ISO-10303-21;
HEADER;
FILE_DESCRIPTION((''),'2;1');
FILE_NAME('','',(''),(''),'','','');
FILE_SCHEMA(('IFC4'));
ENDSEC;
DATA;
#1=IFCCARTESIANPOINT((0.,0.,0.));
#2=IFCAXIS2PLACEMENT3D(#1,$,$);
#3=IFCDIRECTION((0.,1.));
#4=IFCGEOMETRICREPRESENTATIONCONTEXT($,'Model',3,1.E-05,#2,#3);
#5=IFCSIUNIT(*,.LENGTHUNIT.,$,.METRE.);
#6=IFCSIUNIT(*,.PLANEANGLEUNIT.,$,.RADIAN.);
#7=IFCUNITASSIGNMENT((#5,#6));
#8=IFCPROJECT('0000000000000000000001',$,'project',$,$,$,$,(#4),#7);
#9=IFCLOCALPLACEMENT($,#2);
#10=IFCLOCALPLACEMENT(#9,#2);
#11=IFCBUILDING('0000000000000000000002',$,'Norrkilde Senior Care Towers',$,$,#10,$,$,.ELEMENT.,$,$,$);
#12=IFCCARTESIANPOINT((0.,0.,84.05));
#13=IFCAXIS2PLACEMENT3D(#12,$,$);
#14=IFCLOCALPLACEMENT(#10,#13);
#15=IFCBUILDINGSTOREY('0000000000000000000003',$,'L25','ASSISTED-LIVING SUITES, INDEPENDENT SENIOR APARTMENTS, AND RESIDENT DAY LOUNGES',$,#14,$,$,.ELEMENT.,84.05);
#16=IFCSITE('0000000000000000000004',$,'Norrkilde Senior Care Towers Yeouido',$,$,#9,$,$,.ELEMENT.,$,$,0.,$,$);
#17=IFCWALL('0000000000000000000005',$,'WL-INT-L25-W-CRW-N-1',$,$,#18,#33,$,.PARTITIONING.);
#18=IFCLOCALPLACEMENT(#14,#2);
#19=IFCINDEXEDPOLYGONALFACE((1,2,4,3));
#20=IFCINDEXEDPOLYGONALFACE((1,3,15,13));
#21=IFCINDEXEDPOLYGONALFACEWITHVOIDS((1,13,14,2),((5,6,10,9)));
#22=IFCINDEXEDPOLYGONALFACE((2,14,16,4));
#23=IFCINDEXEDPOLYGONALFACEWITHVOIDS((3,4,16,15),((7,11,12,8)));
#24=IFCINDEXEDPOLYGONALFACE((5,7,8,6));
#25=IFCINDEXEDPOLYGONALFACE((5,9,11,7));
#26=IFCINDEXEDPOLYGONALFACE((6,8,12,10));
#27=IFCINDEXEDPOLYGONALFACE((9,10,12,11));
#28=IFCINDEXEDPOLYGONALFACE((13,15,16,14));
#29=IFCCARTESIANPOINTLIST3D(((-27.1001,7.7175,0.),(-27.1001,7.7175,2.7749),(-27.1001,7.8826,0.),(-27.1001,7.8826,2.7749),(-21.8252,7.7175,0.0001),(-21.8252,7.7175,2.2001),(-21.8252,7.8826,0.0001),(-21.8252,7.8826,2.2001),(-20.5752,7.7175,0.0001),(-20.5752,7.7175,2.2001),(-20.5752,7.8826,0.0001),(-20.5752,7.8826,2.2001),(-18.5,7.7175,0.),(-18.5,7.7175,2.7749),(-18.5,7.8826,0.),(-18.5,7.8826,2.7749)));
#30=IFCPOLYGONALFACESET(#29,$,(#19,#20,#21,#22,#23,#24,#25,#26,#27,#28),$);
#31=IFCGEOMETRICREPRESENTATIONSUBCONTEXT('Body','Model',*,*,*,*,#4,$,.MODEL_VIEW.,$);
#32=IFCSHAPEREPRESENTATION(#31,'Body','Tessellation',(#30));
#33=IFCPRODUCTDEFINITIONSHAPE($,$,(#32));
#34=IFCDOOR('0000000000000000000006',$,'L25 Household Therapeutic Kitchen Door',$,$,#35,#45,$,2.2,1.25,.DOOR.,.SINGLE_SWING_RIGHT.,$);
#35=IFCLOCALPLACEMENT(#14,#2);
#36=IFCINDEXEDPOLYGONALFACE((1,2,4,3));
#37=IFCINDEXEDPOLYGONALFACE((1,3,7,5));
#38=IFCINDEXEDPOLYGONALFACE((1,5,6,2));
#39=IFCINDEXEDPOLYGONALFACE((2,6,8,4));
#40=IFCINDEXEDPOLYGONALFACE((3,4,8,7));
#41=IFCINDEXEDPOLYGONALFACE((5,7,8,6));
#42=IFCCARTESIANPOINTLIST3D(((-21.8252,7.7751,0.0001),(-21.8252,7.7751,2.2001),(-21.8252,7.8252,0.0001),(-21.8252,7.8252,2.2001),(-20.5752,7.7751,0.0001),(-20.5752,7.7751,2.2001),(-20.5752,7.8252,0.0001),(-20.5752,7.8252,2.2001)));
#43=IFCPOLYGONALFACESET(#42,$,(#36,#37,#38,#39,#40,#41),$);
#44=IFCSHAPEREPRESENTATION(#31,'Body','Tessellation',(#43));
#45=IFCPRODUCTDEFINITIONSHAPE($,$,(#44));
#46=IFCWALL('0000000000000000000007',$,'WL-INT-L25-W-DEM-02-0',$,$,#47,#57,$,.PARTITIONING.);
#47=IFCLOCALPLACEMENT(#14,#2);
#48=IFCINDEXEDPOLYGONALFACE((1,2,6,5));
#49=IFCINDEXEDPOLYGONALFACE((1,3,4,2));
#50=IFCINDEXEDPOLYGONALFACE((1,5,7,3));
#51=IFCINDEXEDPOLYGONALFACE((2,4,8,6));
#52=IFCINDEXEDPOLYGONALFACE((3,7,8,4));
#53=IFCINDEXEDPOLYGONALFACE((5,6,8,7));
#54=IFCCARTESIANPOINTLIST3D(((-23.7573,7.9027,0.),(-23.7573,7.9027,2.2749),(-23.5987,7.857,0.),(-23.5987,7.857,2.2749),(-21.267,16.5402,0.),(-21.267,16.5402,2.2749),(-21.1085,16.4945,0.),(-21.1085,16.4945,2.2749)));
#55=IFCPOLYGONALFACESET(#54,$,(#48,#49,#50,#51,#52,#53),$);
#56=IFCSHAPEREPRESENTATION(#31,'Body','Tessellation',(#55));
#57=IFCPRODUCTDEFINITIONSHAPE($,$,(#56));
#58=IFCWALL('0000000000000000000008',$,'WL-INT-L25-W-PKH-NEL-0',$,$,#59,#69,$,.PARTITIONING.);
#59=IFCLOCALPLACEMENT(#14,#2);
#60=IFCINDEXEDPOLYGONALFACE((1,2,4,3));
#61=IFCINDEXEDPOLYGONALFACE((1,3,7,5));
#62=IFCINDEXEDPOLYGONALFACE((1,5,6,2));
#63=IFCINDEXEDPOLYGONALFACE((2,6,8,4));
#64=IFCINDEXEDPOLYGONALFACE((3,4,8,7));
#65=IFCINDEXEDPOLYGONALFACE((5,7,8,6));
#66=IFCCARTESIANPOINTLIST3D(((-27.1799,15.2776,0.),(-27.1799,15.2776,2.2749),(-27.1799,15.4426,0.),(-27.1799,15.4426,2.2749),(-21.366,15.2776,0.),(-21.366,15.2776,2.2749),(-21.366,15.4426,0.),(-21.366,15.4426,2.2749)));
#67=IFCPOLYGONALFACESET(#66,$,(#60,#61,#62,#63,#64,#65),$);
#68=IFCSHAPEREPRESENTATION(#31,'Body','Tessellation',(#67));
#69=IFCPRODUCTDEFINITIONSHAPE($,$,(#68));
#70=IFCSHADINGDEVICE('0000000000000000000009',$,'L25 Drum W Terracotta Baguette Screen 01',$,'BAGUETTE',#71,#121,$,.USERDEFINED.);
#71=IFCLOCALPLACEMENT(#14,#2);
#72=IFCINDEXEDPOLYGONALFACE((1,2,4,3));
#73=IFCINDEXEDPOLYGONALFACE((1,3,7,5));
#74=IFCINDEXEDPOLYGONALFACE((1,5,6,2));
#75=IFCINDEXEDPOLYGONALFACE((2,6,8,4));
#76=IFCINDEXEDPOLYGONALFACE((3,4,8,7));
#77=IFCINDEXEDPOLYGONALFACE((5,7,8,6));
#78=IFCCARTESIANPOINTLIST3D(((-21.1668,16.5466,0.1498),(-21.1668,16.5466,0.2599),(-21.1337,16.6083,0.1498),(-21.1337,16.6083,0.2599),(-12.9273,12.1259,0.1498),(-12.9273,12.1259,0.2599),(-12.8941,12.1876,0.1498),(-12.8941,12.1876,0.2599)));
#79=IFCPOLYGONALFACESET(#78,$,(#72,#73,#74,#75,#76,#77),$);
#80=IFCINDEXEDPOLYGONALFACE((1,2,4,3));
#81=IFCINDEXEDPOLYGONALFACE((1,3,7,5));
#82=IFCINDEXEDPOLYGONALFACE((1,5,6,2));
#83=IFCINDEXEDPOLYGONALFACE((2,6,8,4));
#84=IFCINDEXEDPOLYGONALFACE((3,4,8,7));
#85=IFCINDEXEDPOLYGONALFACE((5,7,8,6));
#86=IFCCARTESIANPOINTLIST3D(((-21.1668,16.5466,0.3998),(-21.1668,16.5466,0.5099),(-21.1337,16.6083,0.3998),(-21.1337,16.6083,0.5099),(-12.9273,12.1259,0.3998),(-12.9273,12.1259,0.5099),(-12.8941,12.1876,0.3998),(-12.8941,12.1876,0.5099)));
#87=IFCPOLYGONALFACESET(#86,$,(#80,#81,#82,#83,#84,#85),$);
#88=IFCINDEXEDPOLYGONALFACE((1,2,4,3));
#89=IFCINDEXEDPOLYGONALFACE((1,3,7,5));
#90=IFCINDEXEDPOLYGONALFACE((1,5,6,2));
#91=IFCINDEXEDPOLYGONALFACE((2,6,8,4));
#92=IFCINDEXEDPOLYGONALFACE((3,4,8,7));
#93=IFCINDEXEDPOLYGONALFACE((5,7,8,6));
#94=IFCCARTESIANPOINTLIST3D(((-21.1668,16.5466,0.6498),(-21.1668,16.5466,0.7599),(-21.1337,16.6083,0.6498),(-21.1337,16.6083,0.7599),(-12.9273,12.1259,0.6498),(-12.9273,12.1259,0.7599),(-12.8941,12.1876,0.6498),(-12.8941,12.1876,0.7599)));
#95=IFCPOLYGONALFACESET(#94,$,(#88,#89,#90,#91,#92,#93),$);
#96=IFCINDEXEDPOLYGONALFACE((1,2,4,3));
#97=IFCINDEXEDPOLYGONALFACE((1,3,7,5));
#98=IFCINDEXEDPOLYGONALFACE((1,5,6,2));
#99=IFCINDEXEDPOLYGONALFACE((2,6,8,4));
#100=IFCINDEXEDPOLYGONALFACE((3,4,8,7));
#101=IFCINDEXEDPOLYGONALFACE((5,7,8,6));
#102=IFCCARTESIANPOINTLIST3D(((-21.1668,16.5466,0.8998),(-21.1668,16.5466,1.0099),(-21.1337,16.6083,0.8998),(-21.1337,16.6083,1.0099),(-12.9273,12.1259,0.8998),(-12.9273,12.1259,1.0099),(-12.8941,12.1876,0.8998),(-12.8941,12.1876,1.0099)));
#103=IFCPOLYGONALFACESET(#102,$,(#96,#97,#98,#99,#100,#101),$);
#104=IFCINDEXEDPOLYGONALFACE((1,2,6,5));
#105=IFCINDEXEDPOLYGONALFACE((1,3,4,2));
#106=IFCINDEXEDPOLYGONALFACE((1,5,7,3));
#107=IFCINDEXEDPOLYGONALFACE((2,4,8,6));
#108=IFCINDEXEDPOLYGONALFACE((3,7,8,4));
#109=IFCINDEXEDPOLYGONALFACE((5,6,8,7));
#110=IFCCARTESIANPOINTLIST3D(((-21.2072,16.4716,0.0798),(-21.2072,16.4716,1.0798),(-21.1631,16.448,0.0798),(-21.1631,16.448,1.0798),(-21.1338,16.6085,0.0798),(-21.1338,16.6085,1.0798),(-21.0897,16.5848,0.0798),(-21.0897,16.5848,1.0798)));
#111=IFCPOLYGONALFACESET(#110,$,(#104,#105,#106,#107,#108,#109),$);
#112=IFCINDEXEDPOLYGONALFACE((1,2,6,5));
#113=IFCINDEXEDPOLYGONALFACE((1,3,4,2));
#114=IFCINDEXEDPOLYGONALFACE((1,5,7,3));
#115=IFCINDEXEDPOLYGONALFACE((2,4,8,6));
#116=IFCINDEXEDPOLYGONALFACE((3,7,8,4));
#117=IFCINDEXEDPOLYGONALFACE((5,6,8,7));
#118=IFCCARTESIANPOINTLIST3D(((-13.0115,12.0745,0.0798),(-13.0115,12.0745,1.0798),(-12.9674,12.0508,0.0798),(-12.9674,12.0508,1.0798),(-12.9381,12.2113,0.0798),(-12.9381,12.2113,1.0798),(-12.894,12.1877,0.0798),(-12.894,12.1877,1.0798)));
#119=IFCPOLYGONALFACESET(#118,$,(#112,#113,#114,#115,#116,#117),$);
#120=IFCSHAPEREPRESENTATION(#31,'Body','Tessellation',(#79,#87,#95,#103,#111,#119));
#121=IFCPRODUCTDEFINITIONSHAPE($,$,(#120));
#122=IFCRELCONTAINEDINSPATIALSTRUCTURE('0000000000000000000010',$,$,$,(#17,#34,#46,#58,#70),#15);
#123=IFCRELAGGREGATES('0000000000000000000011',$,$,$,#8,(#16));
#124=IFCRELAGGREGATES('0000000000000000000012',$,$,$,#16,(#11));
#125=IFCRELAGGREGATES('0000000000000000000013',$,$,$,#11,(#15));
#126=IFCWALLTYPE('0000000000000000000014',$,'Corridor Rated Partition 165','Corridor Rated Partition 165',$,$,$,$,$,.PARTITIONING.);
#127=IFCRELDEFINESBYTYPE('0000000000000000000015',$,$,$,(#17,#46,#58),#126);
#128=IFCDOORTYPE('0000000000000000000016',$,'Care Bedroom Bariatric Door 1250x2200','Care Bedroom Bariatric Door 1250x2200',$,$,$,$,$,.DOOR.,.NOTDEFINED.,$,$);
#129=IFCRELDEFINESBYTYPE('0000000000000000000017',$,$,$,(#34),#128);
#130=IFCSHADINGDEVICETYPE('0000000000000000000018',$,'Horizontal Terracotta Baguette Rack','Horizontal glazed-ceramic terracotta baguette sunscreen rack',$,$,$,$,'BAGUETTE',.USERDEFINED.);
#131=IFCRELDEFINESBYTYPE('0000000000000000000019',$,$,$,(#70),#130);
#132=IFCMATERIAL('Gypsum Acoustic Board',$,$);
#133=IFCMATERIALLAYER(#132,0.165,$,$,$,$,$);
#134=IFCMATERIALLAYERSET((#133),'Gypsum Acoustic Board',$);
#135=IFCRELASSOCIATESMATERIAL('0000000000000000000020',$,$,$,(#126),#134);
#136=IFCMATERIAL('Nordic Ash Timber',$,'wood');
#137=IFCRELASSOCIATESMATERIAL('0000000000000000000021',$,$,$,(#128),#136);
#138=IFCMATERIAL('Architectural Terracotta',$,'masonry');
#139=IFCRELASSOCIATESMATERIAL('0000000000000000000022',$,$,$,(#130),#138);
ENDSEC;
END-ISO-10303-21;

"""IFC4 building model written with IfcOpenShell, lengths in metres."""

from ifc_helpers import new_model, si_unit, direction, frame, frame_2d, origin, origin_2d, place, context, subcontext, project, spatial, rectangle, extrude, source, transform, mapped, material, layer, layer_set, type_object, type_shapes, element, fill, save


model = new_model("IFC4")

# Units and contexts
model_context = context("Model", 3, precision=1e-05, world=origin(), true_north=direction((0.0, 1.0)))
body_context = subcontext(model_context, "Body", "Model", "MODEL_VIEW")
ifc_project = project(units=[si_unit("LENGTHUNIT", "METRE"), si_unit("PLANEANGLEUNIT", "RADIAN")], contexts=[model_context])

# Site, building, storey
site_placement = place(None, origin())
site = spatial("IfcSite", under=ifc_project, at=site_placement, Name="Norrkilde Senior Care Towers Yeouido", CompositionType="ELEMENT", RefElevation=0.0)
building_placement = place(site_placement, origin())
building = spatial("IfcBuilding", under=site, at=building_placement, Name="Norrkilde Senior Care Towers", CompositionType="ELEMENT")
storey_placement = place(building_placement, frame((0.0, 0.0, 84.05)))
storey = spatial("IfcBuildingStorey", under=building, at=storey_placement, Name="L25", Description="ASSISTED-LIVING SUITES, INDEPENDENT SENIOR APARTMENTS, AND RESIDENT DAY LOUNGES", CompositionType="ELEMENT", Elevation=84.05)

# Shared definitions
ifc_material_1 = material(Name="Gypsum Acoustic Board")
ifc_layer_1 = layer(ifc_material_1, 0.165)
ifc_layer_set_1 = layer_set([ifc_layer_1], Name="Gypsum Acoustic Board")
wall_type = type_object("IfcWallType", Name="Corridor Rated Partition 165", Description="Corridor Rated Partition 165", PredefinedType="PARTITIONING", material=ifc_layer_set_1)
ifc_material_2 = material(Name="Nordic Ash Timber", Category="wood")

# Wall, opening, door
shared_shape_1 = source(origin(), body_context, "Body", "SweptSolid", [
    extrude(rectangle(XDim=8.6001, YDim=0.165, at=frame_2d((4.3, 0.0))), origin(), (0.0, 0.0, 1.0), 2.7749),
])
wall_1_placement = place(storey_placement, frame((-27.1001, 7.8, 0.0), z_axis=(0.0, 0.0, 1.0), x_axis=(1.0, 0.0, 0.0)))
wall_1 = element("IfcWall", 1, at=wall_1_placement, inside=storey, type_object=wall_type, Name="WL-INT-L25-W-CRW-N-1", PredefinedType="PARTITIONING", context=body_context, shape_type="MappedRepresentation", body=[
    mapped(shared_shape_1, transform((0.0, 0.0, 0.0), x_axis=(1.0, 0.0, 0.0), y_axis=(0.0, 1.0, 0.0), z_axis=(0.0, 0.0, 1.0), scale=1.0)),
])
opening_1_placement = place(wall_1_placement, frame((5.2749, 0.0, 0.0)))
opening_1 = element("IfcOpeningElement", 2, at=opening_1_placement, cuts=wall_1, PredefinedType="OPENING", context=body_context, shape_type="SweptSolid", body=[
    extrude(rectangle(XDim=1.25, YDim=2.2, at=frame_2d((0.625, 1.1001))), frame((0.0, 0.0925, 0.0), z_axis=(0.0, -1.0, 0.0), x_axis=(1.0, 0.0, 0.0)), (0.0, 0.0, 1.0), 0.1851),
])
door_type_1 = type_object("IfcDoorType", Name="Care Bedroom Bariatric Door 1250x2200", Description="Care Bedroom Bariatric Door 1250x2200", OperationType="NOTDEFINED", PredefinedType="DOOR", material=ifc_material_2)
shared_shape_2 = source(origin(), body_context, "Body", "SweptSolid", [
    extrude(rectangle(XDim=1.25, YDim=2.2, at=frame_2d((0.625, 1.1001))), frame((0.0, 0.0249, 0.0), z_axis=(0.0, -1.0, 0.0), x_axis=(1.0, 0.0, 0.0)), (0.0, 0.0, 1.0), 0.05),
])
type_shapes(door_type_1, [shared_shape_2])
door_1_placement = place(opening_1_placement, frame((1.25, 0.0, 0.0), z_axis=(0.0, 0.0, 1.0), x_axis=(-1.0, 0.0, 0.0)))
door_1 = element("IfcDoor", 3, at=door_1_placement, inside=storey, type_object=door_type_1, Name="L25 Household Therapeutic Kitchen Door", OperationType="SINGLE_SWING_RIGHT", OverallHeight=2.2, OverallWidth=1.25, PredefinedType="DOOR", context=body_context, shape_type="MappedRepresentation", body=[
    mapped(shared_shape_2, transform((0.0, 0.0, 0.0), x_axis=(1.0, 0.0, 0.0), y_axis=(0.0, 1.0, 0.0), z_axis=(0.0, 0.0, 1.0), scale=1.0)),
])
fill(opening_1, door_1)

# Walls
shared_shape_3 = source(origin(), body_context, "Body", "SweptSolid", [
    extrude(rectangle(XDim=8.9893, YDim=0.165, at=frame_2d((4.4946, 0.0))), origin(), (0.0, 0.0, 1.0), 2.2749),
])
wall_2_placement = place(storey_placement, frame((-23.678, 7.8799, 0.0), z_axis=(0.0, 0.0, 1.0), x_axis=(0.277023, 0.960863, 0.0)))
element("IfcWall", 4, at=wall_2_placement, inside=storey, type_object=wall_type, Name="WL-INT-L25-W-DEM-02-0", PredefinedType="PARTITIONING", context=body_context, shape_type="MappedRepresentation", body=[
    mapped(shared_shape_3, transform((0.0, 0.0, 0.0), x_axis=(1.0, 0.0, 0.0), y_axis=(0.0, 1.0, 0.0), z_axis=(0.0, 0.0, 1.0), scale=1.0)),
])
shared_shape_4 = source(origin(), body_context, "Body", "SweptSolid", [
    extrude(rectangle(XDim=5.814, YDim=0.165, at=frame_2d((2.907, 0.0))), origin(), (0.0, 0.0, 1.0), 2.2749),
])
wall_3_placement = place(storey_placement, frame((-27.1799, 15.3601, 0.0), z_axis=(0.0, 0.0, 1.0), x_axis=(1.0, 0.0, 0.0)))
element("IfcWall", 5, at=wall_3_placement, inside=storey, type_object=wall_type, Name="WL-INT-L25-W-PKH-NEL-0", PredefinedType="PARTITIONING", context=body_context, shape_type="MappedRepresentation", body=[
    mapped(shared_shape_4, transform((0.0, 0.0, 0.0), x_axis=(1.0, 0.0, 0.0), y_axis=(0.0, 1.0, 0.0), z_axis=(0.0, 0.0, 1.0), scale=1.0)),
])

# Shading device
ifc_material_3 = material(Name="Architectural Terracotta", Category="masonry")
shading_device_type = type_object("IfcShadingDeviceType", Name="Horizontal Terracotta Baguette Rack", Description="Horizontal glazed-ceramic terracotta baguette sunscreen rack", ElementType="BAGUETTE", PredefinedType="USERDEFINED", material=ifc_material_3)
shared_shape_5 = source(origin(), body_context, "Body", "SweptSolid", [
    extrude(rectangle(XDim=0.0701, YDim=0.1101, at=origin_2d()), frame((0.0, 0.0901, 0.125), z_axis=(1.0, 0.0, 0.0), x_axis=(0.0, 1.0, 0.0)), (0.0, 0.0, 1.0), 9.3506),
    extrude(rectangle(XDim=0.0701, YDim=0.1101, at=origin_2d()), frame((0.0, 0.0901, 0.375), z_axis=(1.0, 0.0, 0.0), x_axis=(0.0, 1.0, 0.0)), (0.0, 0.0, 1.0), 9.3506),
    extrude(rectangle(XDim=0.0701, YDim=0.1101, at=origin_2d()), frame((0.0, 0.0901, 0.625), z_axis=(1.0, 0.0, 0.0), x_axis=(0.0, 1.0, 0.0)), (0.0, 0.0, 1.0), 9.3506),
    extrude(rectangle(XDim=0.0701, YDim=0.1101, at=origin_2d()), frame((0.0, 0.0901, 0.875), z_axis=(1.0, 0.0, 0.0), x_axis=(0.0, 1.0, 0.0)), (0.0, 0.0, 1.0), 9.3506),
    extrude(rectangle(XDim=0.05, YDim=0.1553, at=origin_2d()), frame((0.0249, 0.0476, 0.0)), (0.0, 0.0, 1.0), 1.0),
    extrude(rectangle(XDim=0.05, YDim=0.1553, at=origin_2d()), frame((9.3257, 0.0476, 0.0)), (0.0, 0.0, 1.0), 1.0),
])
type_shapes(shading_device_type, [shared_shape_5])
shading_device_placement = place(storey_placement, frame((-21.1929, 16.498, 0.0798), z_axis=(0.0, 0.0, 1.0), x_axis=(0.881175, -0.472768, 0.0)))
element("IfcShadingDevice", 6, at=shading_device_placement, inside=storey, type_object=shading_device_type, Name="L25 Drum W Terracotta Baguette Screen 01", ObjectType="BAGUETTE", PredefinedType="USERDEFINED", context=body_context, shape_type="MappedRepresentation", body=[
    mapped(shared_shape_5, transform((0.0, 0.0, 0.0), x_axis=(1.0, 0.0, 0.0), y_axis=(0.0, 1.0, 0.0), z_axis=(0.0, 0.0, 1.0), scale=1.0)),
])

save(model, "model.ifc")
